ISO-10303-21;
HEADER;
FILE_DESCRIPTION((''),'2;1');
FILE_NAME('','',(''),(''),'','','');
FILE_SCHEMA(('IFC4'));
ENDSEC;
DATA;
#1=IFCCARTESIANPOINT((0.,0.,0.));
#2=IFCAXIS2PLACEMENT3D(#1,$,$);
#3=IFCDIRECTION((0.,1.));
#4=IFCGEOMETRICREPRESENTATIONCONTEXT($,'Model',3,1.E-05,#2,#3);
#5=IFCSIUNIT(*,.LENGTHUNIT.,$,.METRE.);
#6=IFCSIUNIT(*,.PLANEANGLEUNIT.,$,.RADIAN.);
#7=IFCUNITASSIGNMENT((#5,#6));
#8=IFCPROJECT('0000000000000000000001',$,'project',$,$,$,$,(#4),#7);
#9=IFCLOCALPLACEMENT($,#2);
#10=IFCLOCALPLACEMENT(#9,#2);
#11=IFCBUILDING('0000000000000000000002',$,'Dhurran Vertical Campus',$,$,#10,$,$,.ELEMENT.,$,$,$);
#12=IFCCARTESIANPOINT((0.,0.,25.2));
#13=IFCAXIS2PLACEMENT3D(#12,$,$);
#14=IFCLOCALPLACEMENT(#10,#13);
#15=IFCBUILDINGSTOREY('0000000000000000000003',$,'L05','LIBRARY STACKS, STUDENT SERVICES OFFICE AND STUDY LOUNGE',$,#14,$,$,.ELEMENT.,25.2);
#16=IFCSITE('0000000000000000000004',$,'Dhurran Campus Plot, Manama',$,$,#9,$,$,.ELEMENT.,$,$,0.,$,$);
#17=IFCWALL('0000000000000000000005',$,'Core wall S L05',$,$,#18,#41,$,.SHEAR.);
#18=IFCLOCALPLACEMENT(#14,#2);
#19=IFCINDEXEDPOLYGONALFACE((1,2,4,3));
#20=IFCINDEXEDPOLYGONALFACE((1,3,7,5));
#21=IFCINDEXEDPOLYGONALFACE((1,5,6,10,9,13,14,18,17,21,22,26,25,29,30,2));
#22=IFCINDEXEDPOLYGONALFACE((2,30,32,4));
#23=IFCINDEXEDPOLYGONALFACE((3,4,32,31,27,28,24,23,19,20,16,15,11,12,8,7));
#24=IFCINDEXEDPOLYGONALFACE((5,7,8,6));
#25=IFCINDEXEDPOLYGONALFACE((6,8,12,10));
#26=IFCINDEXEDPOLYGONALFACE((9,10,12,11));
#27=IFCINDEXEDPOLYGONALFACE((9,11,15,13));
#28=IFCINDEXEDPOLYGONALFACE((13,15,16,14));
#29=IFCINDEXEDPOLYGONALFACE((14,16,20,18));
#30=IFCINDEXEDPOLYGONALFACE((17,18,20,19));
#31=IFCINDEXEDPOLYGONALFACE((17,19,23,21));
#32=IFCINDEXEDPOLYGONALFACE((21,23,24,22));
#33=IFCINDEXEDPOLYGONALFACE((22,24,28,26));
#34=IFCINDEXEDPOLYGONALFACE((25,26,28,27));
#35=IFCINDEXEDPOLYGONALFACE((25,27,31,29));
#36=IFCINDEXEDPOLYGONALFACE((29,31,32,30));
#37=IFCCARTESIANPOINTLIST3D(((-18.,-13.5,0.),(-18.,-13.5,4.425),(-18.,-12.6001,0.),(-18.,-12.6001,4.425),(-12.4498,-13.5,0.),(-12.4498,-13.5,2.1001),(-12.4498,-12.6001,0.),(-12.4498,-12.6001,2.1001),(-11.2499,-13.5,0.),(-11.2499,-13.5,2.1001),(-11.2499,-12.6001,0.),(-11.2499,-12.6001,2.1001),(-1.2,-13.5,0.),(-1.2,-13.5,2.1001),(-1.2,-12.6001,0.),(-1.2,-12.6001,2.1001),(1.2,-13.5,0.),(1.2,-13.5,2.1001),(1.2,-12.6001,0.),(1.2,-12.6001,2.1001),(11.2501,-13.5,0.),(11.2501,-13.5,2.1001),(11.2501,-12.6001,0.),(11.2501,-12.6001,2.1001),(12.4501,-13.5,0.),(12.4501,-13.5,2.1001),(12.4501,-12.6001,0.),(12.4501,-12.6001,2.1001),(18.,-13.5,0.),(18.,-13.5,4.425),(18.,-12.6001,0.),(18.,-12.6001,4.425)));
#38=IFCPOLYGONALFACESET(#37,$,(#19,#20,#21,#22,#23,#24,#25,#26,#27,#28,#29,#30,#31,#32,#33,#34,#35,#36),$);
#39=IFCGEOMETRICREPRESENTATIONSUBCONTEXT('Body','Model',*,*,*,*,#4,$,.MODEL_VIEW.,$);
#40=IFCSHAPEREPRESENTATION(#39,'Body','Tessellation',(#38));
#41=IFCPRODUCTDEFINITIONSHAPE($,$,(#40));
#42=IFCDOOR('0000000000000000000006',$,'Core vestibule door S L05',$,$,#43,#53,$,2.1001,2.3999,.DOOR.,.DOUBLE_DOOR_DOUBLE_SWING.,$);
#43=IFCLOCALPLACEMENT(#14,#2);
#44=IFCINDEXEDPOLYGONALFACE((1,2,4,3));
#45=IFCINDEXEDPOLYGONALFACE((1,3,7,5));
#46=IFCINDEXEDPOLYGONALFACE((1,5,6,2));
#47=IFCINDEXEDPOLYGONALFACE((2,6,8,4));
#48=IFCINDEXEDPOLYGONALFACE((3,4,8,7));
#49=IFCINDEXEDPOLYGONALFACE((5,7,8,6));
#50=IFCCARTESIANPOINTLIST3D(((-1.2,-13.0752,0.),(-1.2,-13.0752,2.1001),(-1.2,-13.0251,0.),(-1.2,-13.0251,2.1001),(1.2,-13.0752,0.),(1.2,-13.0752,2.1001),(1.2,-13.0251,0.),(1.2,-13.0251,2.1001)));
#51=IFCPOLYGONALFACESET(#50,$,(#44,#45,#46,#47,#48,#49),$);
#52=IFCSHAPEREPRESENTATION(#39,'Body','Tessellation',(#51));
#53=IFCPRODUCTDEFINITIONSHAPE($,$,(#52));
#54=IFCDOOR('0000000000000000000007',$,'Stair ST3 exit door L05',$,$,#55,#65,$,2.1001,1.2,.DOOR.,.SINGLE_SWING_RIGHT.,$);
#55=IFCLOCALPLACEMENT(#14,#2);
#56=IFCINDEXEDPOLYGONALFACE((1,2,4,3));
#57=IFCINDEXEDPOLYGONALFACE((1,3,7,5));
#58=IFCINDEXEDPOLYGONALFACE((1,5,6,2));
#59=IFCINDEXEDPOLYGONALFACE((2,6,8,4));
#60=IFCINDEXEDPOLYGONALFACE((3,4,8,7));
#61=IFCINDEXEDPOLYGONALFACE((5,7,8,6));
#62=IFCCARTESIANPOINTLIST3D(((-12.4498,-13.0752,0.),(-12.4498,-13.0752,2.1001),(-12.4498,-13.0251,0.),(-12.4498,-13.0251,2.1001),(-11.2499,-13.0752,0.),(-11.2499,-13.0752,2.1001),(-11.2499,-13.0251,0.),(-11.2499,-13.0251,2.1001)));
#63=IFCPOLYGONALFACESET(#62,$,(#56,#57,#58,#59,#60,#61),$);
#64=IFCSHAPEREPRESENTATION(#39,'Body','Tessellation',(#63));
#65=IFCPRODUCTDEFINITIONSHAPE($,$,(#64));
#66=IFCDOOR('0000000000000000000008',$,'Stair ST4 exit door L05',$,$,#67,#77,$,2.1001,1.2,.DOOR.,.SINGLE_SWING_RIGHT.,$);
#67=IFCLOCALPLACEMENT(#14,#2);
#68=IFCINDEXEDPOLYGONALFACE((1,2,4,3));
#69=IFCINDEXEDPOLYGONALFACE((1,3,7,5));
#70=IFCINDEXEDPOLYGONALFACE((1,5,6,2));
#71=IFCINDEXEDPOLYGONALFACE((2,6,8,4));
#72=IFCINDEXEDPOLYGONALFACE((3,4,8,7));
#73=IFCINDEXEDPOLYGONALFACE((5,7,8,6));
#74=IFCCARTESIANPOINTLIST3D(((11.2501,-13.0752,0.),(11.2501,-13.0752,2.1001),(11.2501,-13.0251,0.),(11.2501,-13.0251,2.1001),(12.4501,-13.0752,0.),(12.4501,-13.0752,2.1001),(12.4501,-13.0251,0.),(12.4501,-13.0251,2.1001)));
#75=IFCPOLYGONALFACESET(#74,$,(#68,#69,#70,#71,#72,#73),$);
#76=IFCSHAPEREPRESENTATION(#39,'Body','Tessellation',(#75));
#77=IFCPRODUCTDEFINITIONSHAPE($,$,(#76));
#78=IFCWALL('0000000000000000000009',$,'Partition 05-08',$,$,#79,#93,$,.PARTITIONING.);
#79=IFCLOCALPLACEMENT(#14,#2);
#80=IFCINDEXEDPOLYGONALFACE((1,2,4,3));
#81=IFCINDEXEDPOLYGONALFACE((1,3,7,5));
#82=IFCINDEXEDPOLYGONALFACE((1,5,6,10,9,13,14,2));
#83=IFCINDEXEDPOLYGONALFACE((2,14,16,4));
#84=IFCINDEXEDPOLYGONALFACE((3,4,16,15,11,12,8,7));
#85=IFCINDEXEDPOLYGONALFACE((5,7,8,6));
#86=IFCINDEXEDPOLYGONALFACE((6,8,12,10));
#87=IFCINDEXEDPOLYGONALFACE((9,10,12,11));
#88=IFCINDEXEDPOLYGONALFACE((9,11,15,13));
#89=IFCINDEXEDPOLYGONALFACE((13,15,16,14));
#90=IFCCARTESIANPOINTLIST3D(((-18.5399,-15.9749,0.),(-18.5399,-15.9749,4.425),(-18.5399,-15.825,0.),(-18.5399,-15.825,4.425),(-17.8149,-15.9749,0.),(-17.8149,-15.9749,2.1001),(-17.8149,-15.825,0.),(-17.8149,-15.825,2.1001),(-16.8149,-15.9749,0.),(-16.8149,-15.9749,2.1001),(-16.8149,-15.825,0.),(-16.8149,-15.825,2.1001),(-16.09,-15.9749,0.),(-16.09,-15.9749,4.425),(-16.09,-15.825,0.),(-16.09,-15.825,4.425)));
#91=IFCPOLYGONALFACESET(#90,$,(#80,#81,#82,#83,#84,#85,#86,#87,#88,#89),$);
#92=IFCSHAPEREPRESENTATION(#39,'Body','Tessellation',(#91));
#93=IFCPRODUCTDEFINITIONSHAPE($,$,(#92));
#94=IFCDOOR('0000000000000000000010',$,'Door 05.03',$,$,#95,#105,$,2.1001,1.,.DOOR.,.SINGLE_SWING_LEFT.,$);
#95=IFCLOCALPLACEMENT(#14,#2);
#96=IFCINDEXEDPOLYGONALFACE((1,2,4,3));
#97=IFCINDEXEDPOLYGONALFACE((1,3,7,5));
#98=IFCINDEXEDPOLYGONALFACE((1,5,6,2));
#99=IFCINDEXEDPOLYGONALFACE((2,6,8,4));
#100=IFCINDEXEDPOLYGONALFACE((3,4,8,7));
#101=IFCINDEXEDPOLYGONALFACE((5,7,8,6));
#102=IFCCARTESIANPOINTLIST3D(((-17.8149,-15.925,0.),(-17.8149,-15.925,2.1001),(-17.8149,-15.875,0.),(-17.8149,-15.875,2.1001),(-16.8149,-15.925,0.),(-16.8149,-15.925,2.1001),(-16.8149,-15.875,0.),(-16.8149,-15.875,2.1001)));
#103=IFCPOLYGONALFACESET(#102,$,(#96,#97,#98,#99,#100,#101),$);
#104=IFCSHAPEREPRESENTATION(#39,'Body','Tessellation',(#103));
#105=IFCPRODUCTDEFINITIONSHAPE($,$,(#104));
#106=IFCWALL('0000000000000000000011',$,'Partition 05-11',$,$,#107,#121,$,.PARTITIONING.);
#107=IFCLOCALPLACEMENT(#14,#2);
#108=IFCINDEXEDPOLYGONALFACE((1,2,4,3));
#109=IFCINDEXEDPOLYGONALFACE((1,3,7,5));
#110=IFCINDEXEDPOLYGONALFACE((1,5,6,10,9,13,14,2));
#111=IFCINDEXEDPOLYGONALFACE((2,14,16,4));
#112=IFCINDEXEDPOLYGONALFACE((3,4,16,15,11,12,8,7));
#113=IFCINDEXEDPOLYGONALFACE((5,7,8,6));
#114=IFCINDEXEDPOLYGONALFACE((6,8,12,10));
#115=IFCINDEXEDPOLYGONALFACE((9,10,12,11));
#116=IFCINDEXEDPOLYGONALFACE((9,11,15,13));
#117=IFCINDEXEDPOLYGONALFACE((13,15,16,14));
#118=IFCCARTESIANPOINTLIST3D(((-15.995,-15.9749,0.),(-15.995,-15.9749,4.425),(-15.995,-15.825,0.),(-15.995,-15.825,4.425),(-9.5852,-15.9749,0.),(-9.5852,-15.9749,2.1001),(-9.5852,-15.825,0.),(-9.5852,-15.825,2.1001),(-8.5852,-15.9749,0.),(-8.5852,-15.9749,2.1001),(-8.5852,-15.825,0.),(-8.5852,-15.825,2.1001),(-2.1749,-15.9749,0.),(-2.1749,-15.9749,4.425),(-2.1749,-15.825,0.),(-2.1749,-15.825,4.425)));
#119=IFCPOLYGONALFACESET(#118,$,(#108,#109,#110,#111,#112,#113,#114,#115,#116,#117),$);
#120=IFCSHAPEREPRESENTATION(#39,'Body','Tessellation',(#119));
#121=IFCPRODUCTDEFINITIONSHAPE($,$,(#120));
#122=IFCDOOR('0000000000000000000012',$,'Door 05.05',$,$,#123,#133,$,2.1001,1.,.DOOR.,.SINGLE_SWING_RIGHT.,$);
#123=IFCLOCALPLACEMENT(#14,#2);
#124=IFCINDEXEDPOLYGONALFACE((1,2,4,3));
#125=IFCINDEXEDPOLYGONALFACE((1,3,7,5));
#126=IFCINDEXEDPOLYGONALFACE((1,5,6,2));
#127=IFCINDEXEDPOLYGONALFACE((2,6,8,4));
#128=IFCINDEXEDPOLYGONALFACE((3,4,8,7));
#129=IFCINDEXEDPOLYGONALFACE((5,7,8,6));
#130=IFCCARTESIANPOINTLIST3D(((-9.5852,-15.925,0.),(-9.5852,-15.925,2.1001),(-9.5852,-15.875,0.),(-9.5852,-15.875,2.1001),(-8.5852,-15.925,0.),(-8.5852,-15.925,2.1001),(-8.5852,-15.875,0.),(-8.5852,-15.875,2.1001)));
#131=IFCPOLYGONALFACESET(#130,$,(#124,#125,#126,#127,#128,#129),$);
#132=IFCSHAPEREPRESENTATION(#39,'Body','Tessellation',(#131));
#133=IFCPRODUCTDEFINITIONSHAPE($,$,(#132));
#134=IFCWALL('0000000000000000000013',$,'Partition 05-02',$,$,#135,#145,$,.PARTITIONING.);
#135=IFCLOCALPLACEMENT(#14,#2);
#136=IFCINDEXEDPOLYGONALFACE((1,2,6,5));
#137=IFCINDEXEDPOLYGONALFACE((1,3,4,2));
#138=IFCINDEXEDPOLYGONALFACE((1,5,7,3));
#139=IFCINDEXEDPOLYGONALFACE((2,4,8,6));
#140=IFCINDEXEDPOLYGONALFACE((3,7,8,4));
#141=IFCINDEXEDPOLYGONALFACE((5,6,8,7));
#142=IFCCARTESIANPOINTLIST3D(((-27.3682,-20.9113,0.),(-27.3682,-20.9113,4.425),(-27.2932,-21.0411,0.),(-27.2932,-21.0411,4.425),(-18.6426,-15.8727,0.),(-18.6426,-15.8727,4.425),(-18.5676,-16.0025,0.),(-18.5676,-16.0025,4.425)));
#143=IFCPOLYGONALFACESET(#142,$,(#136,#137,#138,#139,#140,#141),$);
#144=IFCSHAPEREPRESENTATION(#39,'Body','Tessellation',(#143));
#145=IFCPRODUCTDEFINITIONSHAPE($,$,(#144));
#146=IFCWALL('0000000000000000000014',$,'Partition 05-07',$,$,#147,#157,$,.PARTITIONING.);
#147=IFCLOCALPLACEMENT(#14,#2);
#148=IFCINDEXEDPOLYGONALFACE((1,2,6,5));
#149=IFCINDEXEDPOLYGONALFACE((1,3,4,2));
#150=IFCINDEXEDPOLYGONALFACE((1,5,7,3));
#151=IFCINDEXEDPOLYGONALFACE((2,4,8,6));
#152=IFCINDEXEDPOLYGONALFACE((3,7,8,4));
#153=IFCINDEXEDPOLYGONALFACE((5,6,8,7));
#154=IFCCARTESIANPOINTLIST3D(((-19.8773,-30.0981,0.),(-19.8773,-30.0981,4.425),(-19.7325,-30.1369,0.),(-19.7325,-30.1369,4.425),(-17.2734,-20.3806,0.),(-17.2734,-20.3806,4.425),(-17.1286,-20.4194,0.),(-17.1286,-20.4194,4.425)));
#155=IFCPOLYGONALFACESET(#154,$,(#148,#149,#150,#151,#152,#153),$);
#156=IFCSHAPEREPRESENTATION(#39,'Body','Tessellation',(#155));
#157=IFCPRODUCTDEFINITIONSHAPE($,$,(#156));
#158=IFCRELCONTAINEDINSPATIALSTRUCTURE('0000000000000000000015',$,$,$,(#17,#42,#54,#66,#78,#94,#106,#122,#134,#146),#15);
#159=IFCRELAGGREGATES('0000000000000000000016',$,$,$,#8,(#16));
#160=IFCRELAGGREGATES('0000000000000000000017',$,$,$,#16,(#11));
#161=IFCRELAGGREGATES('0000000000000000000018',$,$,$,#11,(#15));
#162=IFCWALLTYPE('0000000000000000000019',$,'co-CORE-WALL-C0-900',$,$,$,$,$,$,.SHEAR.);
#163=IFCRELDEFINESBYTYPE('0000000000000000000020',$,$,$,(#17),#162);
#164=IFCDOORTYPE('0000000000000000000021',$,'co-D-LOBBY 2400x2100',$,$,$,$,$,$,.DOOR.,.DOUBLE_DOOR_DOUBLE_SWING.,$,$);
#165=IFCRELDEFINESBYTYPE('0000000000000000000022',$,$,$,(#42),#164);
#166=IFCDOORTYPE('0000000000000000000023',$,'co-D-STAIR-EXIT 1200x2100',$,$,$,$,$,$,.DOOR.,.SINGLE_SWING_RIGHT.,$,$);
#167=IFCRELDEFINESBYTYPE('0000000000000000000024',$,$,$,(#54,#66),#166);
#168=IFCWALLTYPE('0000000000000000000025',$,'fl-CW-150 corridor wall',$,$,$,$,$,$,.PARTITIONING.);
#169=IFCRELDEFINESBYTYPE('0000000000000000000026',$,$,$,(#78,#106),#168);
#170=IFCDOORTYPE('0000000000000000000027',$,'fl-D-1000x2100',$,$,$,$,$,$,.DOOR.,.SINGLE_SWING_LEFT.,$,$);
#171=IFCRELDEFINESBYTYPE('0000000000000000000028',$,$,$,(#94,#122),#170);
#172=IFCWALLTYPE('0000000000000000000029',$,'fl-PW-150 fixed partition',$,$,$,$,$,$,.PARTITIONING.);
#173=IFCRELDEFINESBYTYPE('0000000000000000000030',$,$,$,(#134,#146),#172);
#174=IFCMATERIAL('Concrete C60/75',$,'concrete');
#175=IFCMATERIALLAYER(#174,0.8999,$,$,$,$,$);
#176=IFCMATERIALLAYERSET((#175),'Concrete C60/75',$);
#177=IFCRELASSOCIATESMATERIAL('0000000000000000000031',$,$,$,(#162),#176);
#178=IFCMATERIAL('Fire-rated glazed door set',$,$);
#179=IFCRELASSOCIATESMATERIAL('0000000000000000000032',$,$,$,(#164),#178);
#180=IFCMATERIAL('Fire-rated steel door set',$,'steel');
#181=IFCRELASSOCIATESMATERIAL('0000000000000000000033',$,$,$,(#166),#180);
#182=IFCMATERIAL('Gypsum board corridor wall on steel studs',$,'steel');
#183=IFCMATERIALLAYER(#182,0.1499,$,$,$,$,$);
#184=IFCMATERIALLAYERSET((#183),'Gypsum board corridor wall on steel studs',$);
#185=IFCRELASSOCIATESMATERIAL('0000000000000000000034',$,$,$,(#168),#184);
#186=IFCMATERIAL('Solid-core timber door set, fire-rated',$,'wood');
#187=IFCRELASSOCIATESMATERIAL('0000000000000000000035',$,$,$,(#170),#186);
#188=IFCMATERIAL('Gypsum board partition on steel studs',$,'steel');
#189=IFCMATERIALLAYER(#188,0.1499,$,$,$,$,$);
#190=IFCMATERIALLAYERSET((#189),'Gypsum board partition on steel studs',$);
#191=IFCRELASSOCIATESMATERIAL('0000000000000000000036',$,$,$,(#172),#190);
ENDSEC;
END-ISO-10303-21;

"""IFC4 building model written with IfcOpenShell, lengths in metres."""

from ifc_helpers import new_model, si_unit, direction, frame, frame_2d, origin, place, context, subcontext, project, spatial, rectangle, extrude, material, layer, layer_set, type_object, element, fill, save


model = new_model("IFC4")

# Units and contexts
model_context = context("Model", 3, precision=1e-05, world=origin(), true_north=direction((0.0, 1.0)))
body_context = subcontext(model_context, "Body", "Model", "MODEL_VIEW")
ifc_project = project(units=[si_unit("LENGTHUNIT", "METRE"), si_unit("PLANEANGLEUNIT", "RADIAN")], contexts=[model_context])

# Site, building, storey
site_placement = place(None, origin())
site = spatial("IfcSite", under=ifc_project, at=site_placement, Name="Dhurran Campus Plot, Manama", CompositionType="ELEMENT", RefElevation=0.0)
building_placement = place(site_placement, origin())
building = spatial("IfcBuilding", under=site, at=building_placement, Name="Dhurran Vertical Campus", CompositionType="ELEMENT")
storey_placement = place(building_placement, frame((0.0, 0.0, 25.2)))
storey = spatial("IfcBuildingStorey", under=building, at=storey_placement, Name="L05", Description="LIBRARY STACKS, STUDENT SERVICES OFFICE AND STUDY LOUNGE", CompositionType="ELEMENT", Elevation=25.2)

# Wall, openings, doors
ifc_material_1 = material(Name="Concrete C60/75", Category="concrete")
ifc_layer_1 = layer(ifc_material_1, 0.8999)
ifc_layer_set_1 = layer_set([ifc_layer_1], Name="Concrete C60/75")
wall_type_1 = type_object("IfcWallType", Name="co-CORE-WALL-C0-900", PredefinedType="SHEAR", material=ifc_layer_set_1)
wall_1_placement = place(storey_placement, frame((-18.0, -13.05, 0.0), z_axis=(0.0, 0.0, 1.0), x_axis=(1.0, 0.0, 0.0)))
wall_1 = element("IfcWall", 1, at=wall_1_placement, inside=storey, type_object=wall_type_1, Name="Core wall S L05", PredefinedType="SHEAR", context=body_context, shape_type="SweptSolid", body=[
    extrude(rectangle(XDim=36.0, YDim=0.8999, at=frame_2d((18.0, 0.0))), origin(), (0.0, 0.0, 1.0), 4.425),
])
opening_1_placement = place(wall_1_placement, frame((16.8, 0.0, 0.0)))
opening_1 = element("IfcOpeningElement", 2, at=opening_1_placement, cuts=wall_1, PredefinedType="OPENING", context=body_context, shape_type="SweptSolid", body=[
    extrude(rectangle(XDim=2.3999, YDim=2.1001, at=frame_2d((1.2, 1.05))), frame((0.0, 0.46, 0.0), z_axis=(0.0, -1.0, 0.0), x_axis=(1.0, 0.0, 0.0)), (0.0, 0.0, 1.0), 0.9199),
])
opening_2_placement = place(wall_1_placement, frame((5.55, 0.0, 0.0)))
opening_2 = element("IfcOpeningElement", 3, at=opening_2_placement, cuts=wall_1, PredefinedType="OPENING", context=body_context, shape_type="SweptSolid", body=[
    extrude(rectangle(XDim=1.2, YDim=2.1001, at=frame_2d((0.6001, 1.05))), frame((0.0, 0.46, 0.0), z_axis=(0.0, -1.0, 0.0), x_axis=(1.0, 0.0, 0.0)), (0.0, 0.0, 1.0), 0.9199),
])
opening_3_placement = place(wall_1_placement, frame((29.25, 0.0, 0.0)))
opening_3 = element("IfcOpeningElement", 4, at=opening_3_placement, cuts=wall_1, PredefinedType="OPENING", context=body_context, shape_type="SweptSolid", body=[
    extrude(rectangle(XDim=1.2, YDim=2.1001, at=frame_2d((0.6001, 1.05))), frame((0.0, 0.46, 0.0), z_axis=(0.0, -1.0, 0.0), x_axis=(1.0, 0.0, 0.0)), (0.0, 0.0, 1.0), 0.9199),
])
ifc_material_2 = material(Name="Fire-rated glazed door set")
door_type_1 = type_object("IfcDoorType", Name="co-D-LOBBY 2400x2100", OperationType="DOUBLE_DOOR_DOUBLE_SWING", PredefinedType="DOOR", material=ifc_material_2)
door_1_placement = place(opening_1_placement, origin())
door_1 = element("IfcDoor", 5, at=door_1_placement, inside=storey, type_object=door_type_1, Name="Core vestibule door S L05", OperationType="DOUBLE_DOOR_DOUBLE_SWING", OverallHeight=2.1001, OverallWidth=2.3999, PredefinedType="DOOR", context=body_context, shape_type="SweptSolid", body=[
    extrude(rectangle(XDim=2.3999, YDim=2.1001, at=frame_2d((1.2, 1.05))), frame((0.0, 0.0249, 0.0), z_axis=(0.0, -1.0, 0.0), x_axis=(1.0, 0.0, 0.0)), (0.0, 0.0, 1.0), 0.05),
])
fill(opening_1, door_1)
ifc_material_3 = material(Name="Fire-rated steel door set", Category="steel")
door_type_2 = type_object("IfcDoorType", Name="co-D-STAIR-EXIT 1200x2100", OperationType="SINGLE_SWING_RIGHT", PredefinedType="DOOR", material=ifc_material_3)
door_2_placement = place(opening_2_placement, origin())
door_2 = element("IfcDoor", 6, at=door_2_placement, inside=storey, type_object=door_type_2, Name="Stair ST3 exit door L05", OperationType="SINGLE_SWING_RIGHT", OverallHeight=2.1001, OverallWidth=1.2, PredefinedType="DOOR", context=body_context, shape_type="SweptSolid", body=[
    extrude(rectangle(XDim=1.2, YDim=2.1001, at=frame_2d((0.6001, 1.05))), frame((0.0, 0.0249, 0.0), z_axis=(0.0, -1.0, 0.0), x_axis=(1.0, 0.0, 0.0)), (0.0, 0.0, 1.0), 0.05),
])
fill(opening_2, door_2)
door_3_placement = place(opening_3_placement, origin())
door_3 = element("IfcDoor", 7, at=door_3_placement, inside=storey, type_object=door_type_2, Name="Stair ST4 exit door L05", OperationType="SINGLE_SWING_RIGHT", OverallHeight=2.1001, OverallWidth=1.2, PredefinedType="DOOR", context=body_context, shape_type="SweptSolid", body=[
    extrude(rectangle(XDim=1.2, YDim=2.1001, at=frame_2d((0.6001, 1.05))), frame((0.0, 0.0249, 0.0), z_axis=(0.0, -1.0, 0.0), x_axis=(1.0, 0.0, 0.0)), (0.0, 0.0, 1.0), 0.05),
])
fill(opening_3, door_3)

# Walls, openings, doors
ifc_material_4 = material(Name="Gypsum board corridor wall on steel studs", Category="steel")
ifc_layer_2 = layer(ifc_material_4, 0.1499)
ifc_layer_set_2 = layer_set([ifc_layer_2], Name="Gypsum board corridor wall on steel studs")
wall_type_2 = type_object("IfcWallType", Name="fl-CW-150 corridor wall", PredefinedType="PARTITIONING", material=ifc_layer_set_2)
wall_2_placement = place(storey_placement, frame((-18.54, -15.8999, 0.0), z_axis=(0.0, 0.0, 1.0), x_axis=(1.0, 0.0, 0.0)))
wall_2 = element("IfcWall", 8, at=wall_2_placement, inside=storey, type_object=wall_type_2, Name="Partition 05-08", PredefinedType="PARTITIONING", context=body_context, shape_type="SweptSolid", body=[
    extrude(rectangle(XDim=2.45, YDim=0.1499, at=frame_2d((1.2251, 0.0))), origin(), (0.0, 0.0, 1.0), 4.425),
])
opening_4_placement = place(wall_2_placement, frame((0.7251, 0.0, 0.0)))
opening_4 = element("IfcOpeningElement", 9, at=opening_4_placement, cuts=wall_2, PredefinedType="OPENING", context=body_context, shape_type="SweptSolid", body=[
    extrude(rectangle(XDim=1.0, YDim=2.1001, at=frame_2d((0.5, 1.05))), frame((0.0, 0.085, 0.0), z_axis=(0.0, -1.0, 0.0), x_axis=(1.0, 0.0, 0.0)), (0.0, 0.0, 1.0), 0.1699),
])
ifc_material_5 = material(Name="Solid-core timber door set, fire-rated", Category="wood")
door_type_3 = type_object("IfcDoorType", Name="fl-D-1000x2100", OperationType="SINGLE_SWING_LEFT", PredefinedType="DOOR", material=ifc_material_5)
door_4_placement = place(opening_4_placement, origin())
door_4 = element("IfcDoor", 10, at=door_4_placement, inside=storey, type_object=door_type_3, Name="Door 05.03", OperationType="SINGLE_SWING_LEFT", OverallHeight=2.1001, OverallWidth=1.0, PredefinedType="DOOR", context=body_context, shape_type="SweptSolid", body=[
    extrude(rectangle(XDim=1.0, YDim=2.1001, at=frame_2d((0.5, 1.05))), frame((0.0, 0.0249, 0.0), z_axis=(0.0, -1.0, 0.0), x_axis=(1.0, 0.0, 0.0)), (0.0, 0.0, 1.0), 0.05),
])
fill(opening_4, door_4)
wall_3_placement = place(storey_placement, frame((-15.9951, -15.8999, 0.0), z_axis=(0.0, 0.0, 1.0), x_axis=(1.0, 0.0, 0.0)))
wall_3 = element("IfcWall", 11, at=wall_3_placement, inside=storey, type_object=wall_type_2, Name="Partition 05-11", PredefinedType="PARTITIONING", context=body_context, shape_type="SweptSolid", body=[
    extrude(rectangle(XDim=13.8201, YDim=0.1499, at=frame_2d((6.9102, 0.0))), origin(), (0.0, 0.0, 1.0), 4.425),
])
opening_5_placement = place(wall_3_placement, frame((6.4099, 0.0, 0.0)))
opening_5 = element("IfcOpeningElement", 12, at=opening_5_placement, cuts=wall_3, PredefinedType="OPENING", context=body_context, shape_type="SweptSolid", body=[
    extrude(rectangle(XDim=1.0, YDim=2.1001, at=frame_2d((0.5, 1.05))), frame((0.0, 0.085, 0.0), z_axis=(0.0, -1.0, 0.0), x_axis=(1.0, 0.0, 0.0)), (0.0, 0.0, 1.0), 0.1699),
])
door_5_placement = place(opening_5_placement, origin())
door_5 = element("IfcDoor", 13, at=door_5_placement, inside=storey, type_object=door_type_3, Name="Door 05.05", OperationType="SINGLE_SWING_RIGHT", OverallHeight=2.1001, OverallWidth=1.0, PredefinedType="DOOR", context=body_context, shape_type="SweptSolid", body=[
    extrude(rectangle(XDim=1.0, YDim=2.1001, at=frame_2d((0.5, 1.05))), frame((0.0, 0.0249, 0.0), z_axis=(0.0, -1.0, 0.0), x_axis=(1.0, 0.0, 0.0)), (0.0, 0.0, 1.0), 0.05),
])
fill(opening_5, door_5)

# Walls
ifc_material_6 = material(Name="Gypsum board partition on steel studs", Category="steel")
ifc_layer_3 = layer(ifc_material_6, 0.1499)
ifc_layer_set_3 = layer_set([ifc_layer_3], Name="Gypsum board partition on steel studs")
wall_type_3 = type_object("IfcWallType", Name="fl-PW-150 fixed partition", PredefinedType="PARTITIONING", material=ifc_layer_set_3)
wall_4_placement = place(storey_placement, frame((-18.605, -15.9375, 0.0), z_axis=(0.0, 0.0, 1.0), x_axis=(-0.865989, -0.500064, 0.0)))
element("IfcWall", 14, at=wall_4_placement, inside=storey, type_object=wall_type_3, Name="Partition 05-02", PredefinedType="PARTITIONING", context=body_context, shape_type="SweptSolid", body=[
    extrude(rectangle(XDim=10.0759, YDim=0.1499, at=frame_2d((5.0381, 0.0))), origin(), (0.0, 0.0, 1.0), 4.425),
])
wall_5_placement = place(storey_placement, frame((-17.2009, -20.3999, 0.0), z_axis=(0.0, 0.0, 1.0), x_axis=(-0.258838, -0.965921, 0.0)))
element("IfcWall", 15, at=wall_5_placement, inside=storey, type_object=wall_type_3, Name="Partition 05-07", PredefinedType="PARTITIONING", context=body_context, shape_type="SweptSolid", body=[
    extrude(rectangle(XDim=10.0603, YDim=0.1499, at=frame_2d((5.0303, 0.0))), origin(), (0.0, 0.0, 1.0), 4.425),
])

save(model, "model.ifc")
